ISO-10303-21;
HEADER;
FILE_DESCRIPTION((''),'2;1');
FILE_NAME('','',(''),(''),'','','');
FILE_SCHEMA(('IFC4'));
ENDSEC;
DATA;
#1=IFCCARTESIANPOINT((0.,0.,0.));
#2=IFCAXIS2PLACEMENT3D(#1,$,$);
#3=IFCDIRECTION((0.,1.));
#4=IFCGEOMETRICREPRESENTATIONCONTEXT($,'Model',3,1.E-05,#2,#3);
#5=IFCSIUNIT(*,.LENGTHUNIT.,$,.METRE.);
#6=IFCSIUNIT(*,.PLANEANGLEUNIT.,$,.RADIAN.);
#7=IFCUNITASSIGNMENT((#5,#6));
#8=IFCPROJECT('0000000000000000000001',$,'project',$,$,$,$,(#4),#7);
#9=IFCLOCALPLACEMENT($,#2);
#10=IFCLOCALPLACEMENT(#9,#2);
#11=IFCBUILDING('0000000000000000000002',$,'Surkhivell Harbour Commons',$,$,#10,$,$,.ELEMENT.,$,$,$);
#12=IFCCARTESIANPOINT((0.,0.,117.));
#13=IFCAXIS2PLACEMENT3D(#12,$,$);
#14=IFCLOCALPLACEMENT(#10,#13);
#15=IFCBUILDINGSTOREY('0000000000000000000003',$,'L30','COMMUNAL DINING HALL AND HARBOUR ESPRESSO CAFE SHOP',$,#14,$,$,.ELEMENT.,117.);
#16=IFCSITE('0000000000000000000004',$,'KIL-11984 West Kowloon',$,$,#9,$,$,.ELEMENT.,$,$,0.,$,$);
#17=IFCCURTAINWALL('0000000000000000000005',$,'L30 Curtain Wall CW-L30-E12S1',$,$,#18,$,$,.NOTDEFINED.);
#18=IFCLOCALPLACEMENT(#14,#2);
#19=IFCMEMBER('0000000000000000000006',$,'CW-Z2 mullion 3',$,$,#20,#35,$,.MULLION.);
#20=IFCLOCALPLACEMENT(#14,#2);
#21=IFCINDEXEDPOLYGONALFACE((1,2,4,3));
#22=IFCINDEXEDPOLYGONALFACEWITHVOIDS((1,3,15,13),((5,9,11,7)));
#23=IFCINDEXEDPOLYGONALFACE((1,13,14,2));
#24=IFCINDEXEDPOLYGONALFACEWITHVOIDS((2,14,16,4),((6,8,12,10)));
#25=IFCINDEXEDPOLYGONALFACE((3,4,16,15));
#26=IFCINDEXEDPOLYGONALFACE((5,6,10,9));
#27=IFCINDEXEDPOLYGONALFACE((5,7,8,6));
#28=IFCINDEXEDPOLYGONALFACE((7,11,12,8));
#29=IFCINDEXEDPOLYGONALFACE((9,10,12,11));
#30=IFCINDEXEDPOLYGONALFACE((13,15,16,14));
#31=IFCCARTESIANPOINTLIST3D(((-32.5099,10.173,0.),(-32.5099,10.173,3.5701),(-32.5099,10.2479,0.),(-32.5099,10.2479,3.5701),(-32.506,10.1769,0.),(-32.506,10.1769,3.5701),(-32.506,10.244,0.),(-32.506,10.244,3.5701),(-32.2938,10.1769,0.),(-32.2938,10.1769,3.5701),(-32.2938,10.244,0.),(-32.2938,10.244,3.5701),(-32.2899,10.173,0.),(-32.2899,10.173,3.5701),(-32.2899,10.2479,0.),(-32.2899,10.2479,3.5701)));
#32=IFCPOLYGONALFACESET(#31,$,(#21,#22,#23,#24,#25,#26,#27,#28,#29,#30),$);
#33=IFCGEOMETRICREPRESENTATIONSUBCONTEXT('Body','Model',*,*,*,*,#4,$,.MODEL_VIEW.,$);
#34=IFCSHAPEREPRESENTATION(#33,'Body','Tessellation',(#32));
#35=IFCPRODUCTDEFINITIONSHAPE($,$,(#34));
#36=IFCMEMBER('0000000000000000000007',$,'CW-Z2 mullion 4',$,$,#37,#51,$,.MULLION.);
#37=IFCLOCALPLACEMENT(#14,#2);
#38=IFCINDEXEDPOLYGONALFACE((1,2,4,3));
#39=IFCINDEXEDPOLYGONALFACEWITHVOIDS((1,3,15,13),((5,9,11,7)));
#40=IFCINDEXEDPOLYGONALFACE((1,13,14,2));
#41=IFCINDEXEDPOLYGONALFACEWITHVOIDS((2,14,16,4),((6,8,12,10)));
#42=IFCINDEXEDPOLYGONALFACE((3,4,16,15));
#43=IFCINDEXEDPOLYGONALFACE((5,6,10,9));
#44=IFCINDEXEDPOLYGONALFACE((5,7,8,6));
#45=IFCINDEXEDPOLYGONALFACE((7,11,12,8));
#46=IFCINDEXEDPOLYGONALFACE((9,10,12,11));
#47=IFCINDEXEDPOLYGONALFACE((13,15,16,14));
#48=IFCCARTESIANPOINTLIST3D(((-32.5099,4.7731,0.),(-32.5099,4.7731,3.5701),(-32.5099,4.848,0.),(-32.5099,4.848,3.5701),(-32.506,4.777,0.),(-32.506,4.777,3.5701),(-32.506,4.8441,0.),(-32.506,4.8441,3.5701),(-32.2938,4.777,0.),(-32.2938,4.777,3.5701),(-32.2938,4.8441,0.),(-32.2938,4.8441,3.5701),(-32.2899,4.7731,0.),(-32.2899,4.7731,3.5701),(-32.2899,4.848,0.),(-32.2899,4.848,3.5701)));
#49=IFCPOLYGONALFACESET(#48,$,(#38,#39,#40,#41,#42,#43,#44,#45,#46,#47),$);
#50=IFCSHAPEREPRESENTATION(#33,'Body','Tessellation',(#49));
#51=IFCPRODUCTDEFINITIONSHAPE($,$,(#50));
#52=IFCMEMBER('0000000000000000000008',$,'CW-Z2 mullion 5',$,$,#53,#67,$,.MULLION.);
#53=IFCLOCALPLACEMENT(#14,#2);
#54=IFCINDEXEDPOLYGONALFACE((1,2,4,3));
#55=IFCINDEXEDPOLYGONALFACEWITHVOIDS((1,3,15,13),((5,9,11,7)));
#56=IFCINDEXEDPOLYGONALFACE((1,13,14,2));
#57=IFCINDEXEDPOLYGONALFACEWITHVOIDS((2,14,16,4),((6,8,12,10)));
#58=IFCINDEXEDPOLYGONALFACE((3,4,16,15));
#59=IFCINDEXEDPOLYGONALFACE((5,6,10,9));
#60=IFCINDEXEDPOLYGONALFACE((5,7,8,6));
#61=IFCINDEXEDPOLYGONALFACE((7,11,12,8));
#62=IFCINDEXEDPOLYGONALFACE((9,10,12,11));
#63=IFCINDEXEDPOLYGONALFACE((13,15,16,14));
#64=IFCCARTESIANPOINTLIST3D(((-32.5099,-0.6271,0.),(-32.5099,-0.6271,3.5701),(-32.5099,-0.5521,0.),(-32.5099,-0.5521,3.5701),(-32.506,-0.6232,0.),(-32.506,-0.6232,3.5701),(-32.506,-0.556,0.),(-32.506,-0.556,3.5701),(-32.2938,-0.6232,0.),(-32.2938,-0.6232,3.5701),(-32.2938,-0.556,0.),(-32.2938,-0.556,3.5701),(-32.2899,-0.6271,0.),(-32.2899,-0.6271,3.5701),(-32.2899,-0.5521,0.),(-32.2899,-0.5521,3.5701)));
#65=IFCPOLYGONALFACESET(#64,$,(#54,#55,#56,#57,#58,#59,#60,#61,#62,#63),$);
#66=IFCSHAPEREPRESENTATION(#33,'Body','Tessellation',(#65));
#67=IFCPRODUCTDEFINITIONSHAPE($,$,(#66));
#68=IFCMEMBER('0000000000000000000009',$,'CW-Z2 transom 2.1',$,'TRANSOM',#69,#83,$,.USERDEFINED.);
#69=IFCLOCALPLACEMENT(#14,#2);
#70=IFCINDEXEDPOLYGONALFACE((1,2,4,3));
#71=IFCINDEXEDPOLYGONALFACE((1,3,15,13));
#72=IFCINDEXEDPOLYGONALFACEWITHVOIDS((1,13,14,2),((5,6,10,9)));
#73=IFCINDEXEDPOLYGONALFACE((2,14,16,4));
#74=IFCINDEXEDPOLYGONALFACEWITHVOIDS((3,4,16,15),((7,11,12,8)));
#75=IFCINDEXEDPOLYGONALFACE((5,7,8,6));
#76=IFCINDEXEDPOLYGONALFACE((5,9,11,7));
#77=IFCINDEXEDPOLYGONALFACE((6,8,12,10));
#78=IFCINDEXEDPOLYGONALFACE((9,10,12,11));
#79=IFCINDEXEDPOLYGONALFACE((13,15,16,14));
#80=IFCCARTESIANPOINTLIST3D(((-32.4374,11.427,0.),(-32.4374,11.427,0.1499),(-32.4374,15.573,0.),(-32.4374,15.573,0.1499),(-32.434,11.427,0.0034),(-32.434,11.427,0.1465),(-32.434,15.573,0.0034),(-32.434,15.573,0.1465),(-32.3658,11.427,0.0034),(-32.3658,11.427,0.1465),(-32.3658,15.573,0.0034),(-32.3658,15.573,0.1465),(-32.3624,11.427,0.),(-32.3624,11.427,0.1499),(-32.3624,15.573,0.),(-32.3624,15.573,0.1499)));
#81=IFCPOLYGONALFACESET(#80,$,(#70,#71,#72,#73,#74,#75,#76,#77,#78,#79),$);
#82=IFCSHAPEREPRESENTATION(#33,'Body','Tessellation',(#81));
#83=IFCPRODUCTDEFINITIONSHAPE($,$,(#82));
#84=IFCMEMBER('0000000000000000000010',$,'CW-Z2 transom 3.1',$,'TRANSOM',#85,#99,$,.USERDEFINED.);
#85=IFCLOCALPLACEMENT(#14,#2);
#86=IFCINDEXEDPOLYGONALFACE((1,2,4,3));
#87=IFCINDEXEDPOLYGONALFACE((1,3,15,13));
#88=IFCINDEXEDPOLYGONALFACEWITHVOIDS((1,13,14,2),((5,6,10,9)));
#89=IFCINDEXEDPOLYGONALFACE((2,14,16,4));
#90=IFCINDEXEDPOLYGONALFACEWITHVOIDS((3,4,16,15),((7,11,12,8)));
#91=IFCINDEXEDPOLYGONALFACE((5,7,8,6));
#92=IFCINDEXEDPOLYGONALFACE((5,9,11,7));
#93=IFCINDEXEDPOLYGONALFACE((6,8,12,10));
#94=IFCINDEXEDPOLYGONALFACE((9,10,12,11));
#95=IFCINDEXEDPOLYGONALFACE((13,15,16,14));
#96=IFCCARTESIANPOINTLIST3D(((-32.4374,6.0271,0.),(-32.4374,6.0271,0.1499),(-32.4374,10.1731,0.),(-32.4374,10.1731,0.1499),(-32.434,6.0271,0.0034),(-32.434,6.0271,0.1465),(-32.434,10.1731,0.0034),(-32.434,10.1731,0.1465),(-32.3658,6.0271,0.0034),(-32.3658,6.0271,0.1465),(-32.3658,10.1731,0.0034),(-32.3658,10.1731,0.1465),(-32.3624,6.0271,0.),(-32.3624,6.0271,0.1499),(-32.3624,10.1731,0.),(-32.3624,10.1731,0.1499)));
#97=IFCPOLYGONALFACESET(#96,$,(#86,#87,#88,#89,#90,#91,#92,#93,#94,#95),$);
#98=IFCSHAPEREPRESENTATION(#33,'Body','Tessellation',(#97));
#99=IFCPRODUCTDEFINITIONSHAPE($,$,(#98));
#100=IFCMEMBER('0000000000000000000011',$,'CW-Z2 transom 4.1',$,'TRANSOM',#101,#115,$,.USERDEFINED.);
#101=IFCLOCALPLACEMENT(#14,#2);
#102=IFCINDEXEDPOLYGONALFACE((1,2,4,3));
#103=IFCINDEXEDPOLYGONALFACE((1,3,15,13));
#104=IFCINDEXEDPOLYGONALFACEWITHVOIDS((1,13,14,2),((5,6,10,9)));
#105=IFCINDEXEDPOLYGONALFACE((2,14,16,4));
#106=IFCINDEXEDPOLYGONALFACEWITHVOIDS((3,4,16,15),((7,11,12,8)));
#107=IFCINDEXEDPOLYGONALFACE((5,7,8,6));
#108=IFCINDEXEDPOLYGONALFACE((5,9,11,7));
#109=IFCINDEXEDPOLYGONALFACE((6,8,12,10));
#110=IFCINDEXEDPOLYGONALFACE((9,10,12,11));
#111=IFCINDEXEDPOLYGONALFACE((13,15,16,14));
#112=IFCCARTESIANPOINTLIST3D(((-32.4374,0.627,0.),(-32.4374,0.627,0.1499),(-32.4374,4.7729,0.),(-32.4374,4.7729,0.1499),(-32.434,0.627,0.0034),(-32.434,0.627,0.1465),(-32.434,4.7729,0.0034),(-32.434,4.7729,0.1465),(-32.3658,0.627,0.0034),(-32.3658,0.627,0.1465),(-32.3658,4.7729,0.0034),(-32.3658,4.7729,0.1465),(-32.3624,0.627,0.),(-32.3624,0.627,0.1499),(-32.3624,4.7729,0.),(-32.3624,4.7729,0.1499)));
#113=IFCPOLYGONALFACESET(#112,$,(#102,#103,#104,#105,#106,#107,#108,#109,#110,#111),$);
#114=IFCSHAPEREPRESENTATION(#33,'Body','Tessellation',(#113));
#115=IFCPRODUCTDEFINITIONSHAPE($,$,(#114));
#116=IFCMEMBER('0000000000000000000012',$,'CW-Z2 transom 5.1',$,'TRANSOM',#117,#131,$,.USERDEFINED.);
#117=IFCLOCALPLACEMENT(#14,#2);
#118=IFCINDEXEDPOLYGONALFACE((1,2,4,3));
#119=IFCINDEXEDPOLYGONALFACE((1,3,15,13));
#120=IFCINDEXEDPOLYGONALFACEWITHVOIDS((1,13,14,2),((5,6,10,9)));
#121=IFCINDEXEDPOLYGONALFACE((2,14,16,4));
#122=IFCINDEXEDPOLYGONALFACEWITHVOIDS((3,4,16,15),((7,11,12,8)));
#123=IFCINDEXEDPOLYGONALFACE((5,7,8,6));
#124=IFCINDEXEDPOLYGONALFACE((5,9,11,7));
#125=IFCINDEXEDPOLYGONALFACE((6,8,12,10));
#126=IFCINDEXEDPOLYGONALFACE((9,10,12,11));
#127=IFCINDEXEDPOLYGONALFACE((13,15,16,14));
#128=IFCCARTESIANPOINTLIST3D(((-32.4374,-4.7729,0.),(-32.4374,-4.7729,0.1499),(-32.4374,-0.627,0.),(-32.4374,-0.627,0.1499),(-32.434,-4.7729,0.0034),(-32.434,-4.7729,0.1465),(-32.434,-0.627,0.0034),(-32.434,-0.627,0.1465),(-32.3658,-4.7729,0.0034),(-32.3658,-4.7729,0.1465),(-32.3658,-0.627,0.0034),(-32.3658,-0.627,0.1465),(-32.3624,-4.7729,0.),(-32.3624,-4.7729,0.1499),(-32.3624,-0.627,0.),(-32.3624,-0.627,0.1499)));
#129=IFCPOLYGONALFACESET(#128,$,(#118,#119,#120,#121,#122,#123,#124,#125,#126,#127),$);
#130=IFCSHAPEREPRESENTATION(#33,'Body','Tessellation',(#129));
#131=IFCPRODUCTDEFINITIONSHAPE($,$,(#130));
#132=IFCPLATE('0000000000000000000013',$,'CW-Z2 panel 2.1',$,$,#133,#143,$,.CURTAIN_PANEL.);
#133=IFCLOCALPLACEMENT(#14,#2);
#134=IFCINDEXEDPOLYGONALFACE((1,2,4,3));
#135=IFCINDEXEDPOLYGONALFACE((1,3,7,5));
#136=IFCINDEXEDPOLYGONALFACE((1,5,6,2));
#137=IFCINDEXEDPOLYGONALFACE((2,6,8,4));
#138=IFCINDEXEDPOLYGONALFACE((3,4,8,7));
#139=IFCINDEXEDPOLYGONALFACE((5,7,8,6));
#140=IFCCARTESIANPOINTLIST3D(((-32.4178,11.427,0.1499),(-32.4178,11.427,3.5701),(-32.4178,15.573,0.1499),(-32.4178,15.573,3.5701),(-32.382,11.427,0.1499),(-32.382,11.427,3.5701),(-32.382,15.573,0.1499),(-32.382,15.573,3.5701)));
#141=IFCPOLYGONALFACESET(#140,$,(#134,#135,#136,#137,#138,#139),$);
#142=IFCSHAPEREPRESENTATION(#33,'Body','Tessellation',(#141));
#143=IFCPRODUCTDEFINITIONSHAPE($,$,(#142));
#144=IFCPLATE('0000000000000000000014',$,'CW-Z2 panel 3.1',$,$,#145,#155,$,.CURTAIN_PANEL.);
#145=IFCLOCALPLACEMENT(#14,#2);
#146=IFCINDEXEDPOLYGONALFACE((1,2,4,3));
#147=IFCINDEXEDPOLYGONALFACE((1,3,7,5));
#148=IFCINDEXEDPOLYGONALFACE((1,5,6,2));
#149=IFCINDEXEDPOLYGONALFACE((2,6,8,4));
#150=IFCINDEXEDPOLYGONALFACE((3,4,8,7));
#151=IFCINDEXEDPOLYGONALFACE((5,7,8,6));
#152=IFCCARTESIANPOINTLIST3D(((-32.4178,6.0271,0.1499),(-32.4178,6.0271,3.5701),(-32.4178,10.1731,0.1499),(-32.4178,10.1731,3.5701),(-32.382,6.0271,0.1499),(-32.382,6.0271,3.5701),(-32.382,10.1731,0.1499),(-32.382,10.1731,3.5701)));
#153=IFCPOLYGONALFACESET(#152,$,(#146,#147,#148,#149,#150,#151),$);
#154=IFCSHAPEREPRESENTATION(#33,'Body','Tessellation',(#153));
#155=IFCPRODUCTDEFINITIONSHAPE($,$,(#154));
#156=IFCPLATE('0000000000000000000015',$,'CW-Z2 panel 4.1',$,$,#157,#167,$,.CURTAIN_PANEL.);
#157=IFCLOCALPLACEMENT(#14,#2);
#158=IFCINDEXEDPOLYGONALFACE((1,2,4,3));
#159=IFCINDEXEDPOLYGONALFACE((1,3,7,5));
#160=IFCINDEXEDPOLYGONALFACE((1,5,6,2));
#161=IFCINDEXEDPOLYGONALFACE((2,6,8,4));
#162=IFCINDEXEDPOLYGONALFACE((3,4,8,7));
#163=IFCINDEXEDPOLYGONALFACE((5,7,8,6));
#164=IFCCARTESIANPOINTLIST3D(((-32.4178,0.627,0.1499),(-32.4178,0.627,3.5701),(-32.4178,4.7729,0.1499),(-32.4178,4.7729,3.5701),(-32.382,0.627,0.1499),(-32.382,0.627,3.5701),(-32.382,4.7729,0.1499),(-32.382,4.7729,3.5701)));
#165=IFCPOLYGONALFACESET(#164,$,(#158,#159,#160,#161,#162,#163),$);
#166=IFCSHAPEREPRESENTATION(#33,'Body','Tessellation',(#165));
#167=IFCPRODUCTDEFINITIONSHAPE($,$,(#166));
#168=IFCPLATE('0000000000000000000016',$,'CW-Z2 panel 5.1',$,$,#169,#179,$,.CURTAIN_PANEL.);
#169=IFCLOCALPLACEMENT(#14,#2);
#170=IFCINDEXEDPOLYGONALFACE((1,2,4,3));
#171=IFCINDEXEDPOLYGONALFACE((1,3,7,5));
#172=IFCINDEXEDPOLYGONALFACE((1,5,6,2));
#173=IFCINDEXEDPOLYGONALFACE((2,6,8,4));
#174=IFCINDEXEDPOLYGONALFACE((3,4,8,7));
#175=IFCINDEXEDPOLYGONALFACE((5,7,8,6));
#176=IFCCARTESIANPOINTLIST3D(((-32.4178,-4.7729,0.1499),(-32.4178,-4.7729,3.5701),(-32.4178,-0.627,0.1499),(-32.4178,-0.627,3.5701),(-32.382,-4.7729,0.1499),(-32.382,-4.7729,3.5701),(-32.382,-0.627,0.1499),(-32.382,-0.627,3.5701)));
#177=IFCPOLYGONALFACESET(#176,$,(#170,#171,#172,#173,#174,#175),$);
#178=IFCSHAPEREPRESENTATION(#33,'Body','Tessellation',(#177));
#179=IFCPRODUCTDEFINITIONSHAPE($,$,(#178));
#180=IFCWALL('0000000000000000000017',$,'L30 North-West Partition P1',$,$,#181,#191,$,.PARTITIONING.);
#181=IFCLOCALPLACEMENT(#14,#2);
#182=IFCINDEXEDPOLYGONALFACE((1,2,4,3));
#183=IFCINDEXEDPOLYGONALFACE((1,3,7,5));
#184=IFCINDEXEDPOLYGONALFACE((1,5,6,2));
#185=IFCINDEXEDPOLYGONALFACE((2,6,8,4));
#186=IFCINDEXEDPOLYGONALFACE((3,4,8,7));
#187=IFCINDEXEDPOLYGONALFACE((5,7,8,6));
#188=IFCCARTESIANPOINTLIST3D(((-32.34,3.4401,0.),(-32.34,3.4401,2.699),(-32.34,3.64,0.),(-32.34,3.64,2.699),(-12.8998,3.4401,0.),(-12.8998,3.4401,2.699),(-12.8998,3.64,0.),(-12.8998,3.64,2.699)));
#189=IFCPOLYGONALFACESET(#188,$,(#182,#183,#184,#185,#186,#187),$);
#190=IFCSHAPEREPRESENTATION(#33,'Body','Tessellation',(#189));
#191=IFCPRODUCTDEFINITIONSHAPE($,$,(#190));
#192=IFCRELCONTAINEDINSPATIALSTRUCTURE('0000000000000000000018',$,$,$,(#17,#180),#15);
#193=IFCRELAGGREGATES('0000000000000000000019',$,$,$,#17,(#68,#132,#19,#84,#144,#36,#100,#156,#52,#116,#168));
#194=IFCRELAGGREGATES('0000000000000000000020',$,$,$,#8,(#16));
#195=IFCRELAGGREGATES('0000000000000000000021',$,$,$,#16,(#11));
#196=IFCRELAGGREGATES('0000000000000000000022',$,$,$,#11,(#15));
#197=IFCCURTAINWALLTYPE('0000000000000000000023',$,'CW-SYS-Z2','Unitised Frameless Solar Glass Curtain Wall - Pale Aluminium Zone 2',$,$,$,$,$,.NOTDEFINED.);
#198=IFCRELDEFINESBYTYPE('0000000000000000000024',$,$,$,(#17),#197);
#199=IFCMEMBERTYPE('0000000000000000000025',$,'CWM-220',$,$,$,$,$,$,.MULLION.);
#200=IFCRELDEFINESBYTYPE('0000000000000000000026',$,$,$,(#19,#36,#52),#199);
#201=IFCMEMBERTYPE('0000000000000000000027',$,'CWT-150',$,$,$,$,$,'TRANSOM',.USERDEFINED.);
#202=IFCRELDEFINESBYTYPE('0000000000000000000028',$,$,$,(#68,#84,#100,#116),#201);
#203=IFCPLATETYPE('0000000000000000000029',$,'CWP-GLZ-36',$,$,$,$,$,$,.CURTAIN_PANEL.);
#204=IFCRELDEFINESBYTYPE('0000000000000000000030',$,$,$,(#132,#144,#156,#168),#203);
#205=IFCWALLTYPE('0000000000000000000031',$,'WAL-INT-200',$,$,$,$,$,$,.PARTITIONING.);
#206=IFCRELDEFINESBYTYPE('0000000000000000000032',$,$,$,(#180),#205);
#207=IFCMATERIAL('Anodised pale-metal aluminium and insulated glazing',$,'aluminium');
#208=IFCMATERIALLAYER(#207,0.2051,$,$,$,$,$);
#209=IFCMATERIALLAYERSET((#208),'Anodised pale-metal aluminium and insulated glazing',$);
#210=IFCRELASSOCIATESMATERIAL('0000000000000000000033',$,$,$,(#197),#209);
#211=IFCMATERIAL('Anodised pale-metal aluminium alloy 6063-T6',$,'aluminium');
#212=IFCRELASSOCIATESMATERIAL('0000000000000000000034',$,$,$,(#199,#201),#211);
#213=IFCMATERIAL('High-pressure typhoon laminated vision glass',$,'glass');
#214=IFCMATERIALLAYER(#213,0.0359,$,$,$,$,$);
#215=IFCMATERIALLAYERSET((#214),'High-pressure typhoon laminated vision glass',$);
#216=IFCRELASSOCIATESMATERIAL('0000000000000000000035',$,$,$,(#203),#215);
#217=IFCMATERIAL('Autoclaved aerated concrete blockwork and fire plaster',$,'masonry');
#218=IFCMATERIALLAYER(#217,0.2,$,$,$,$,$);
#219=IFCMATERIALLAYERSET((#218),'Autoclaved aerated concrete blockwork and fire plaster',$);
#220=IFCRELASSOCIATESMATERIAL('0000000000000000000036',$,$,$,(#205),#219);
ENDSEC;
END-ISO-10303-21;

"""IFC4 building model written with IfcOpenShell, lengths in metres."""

from ifc_helpers import new_model, si_unit, direction, frame, frame_2d, origin, origin_2d, place, context, subcontext, project, spatial, rectangle, hollow_rectangle, extrude, material, layer, layer_set, material_profile, profile_set, type_object, element, aggregate, save


model = new_model("IFC4")

# Units and contexts
model_context = context("Model", 3, precision=1e-05, world=origin(), true_north=direction((0.0, 1.0)))
body_context = subcontext(model_context, "Body", "Model", "MODEL_VIEW")
ifc_project = project(units=[si_unit("LENGTHUNIT", "METRE"), si_unit("PLANEANGLEUNIT", "RADIAN")], contexts=[model_context])

# Site, building, storey
site_placement = place(None, origin())
site = spatial("IfcSite", under=ifc_project, at=site_placement, Name="KIL-11984 West Kowloon", CompositionType="ELEMENT", RefElevation=0.0)
building_placement = place(site_placement, origin())
building = spatial("IfcBuilding", under=site, at=building_placement, Name="Surkhivell Harbour Commons", CompositionType="ELEMENT")
storey_placement = place(building_placement, frame((0.0, 0.0, 117.0)))
storey = spatial("IfcBuildingStorey", under=building, at=storey_placement, Name="L30", Description="COMMUNAL DINING HALL AND HARBOUR ESPRESSO CAFE SHOP", CompositionType="ELEMENT", Elevation=117.0)

# Curtain wall, members, plates
ifc_material_1 = material(Name="Anodised pale-metal aluminium and insulated glazing", Category="aluminium")
ifc_layer_1 = layer(ifc_material_1, 0.2051)
ifc_layer_set_1 = layer_set([ifc_layer_1], Name="Anodised pale-metal aluminium and insulated glazing")
curtain_wall_type = type_object("IfcCurtainWallType", Name="CW-SYS-Z2", Description="Unitised Frameless Solar Glass Curtain Wall - Pale Aluminium Zone 2", PredefinedType="NOTDEFINED", material=ifc_layer_set_1)
curtain_wall_placement = place(storey_placement, origin())
curtain_wall = element("IfcCurtainWall", 1, at=curtain_wall_placement, inside=storey, type_object=curtain_wall_type, Name="L30 Curtain Wall CW-L30-E12S1", PredefinedType="NOTDEFINED")
ifc_material_2 = material(Name="Anodised pale-metal aluminium alloy 6063-T6", Category="aluminium")
ifc_material_profile_1 = material_profile(ifc_material_2, hollow_rectangle(XDim=0.075, YDim=0.22, WallThickness=0.0039, at=origin_2d()), Name="ALU-MULL-75x220")
ifc_profile_set_1 = profile_set([ifc_material_profile_1], Name="Anodised pale-metal aluminium alloy 6063-T6")
member_type_1 = type_object("IfcMemberType", Name="CWM-220", PredefinedType="MULLION", material=ifc_profile_set_1)
member_1_placement = place(storey_placement, frame((-32.3999, 10.2104, 0.0), z_axis=(0.0, 0.0, 1.0), x_axis=(0.0, -1.0, 0.0)))
member_1 = element("IfcMember", 2, at=member_1_placement, type_object=member_type_1, Name="CW-Z2 mullion 3", PredefinedType="MULLION", context=body_context, shape_type="SweptSolid", body=[
    extrude(hollow_rectangle(XDim=0.075, YDim=0.22, WallThickness=0.0039, at=origin_2d()), origin(), (0.0, 0.0, 1.0), 3.5701),
])
member_2_placement = place(storey_placement, frame((-32.3999, 4.8105, 0.0), z_axis=(0.0, 0.0, 1.0), x_axis=(0.0, -1.0, 0.0)))
member_2 = element("IfcMember", 3, at=member_2_placement, type_object=member_type_1, Name="CW-Z2 mullion 4", PredefinedType="MULLION", context=body_context, shape_type="SweptSolid", body=[
    extrude(hollow_rectangle(XDim=0.075, YDim=0.22, WallThickness=0.0039, at=origin_2d()), origin(), (0.0, 0.0, 1.0), 3.5701),
])
member_3_placement = place(storey_placement, frame((-32.3999, -0.5896, 0.0), z_axis=(0.0, 0.0, 1.0), x_axis=(0.0, -1.0, 0.0)))
member_3 = element("IfcMember", 4, at=member_3_placement, type_object=member_type_1, Name="CW-Z2 mullion 5", PredefinedType="MULLION", context=body_context, shape_type="SweptSolid", body=[
    extrude(hollow_rectangle(XDim=0.075, YDim=0.22, WallThickness=0.0039, at=origin_2d()), origin(), (0.0, 0.0, 1.0), 3.5701),
])
ifc_material_profile_2 = material_profile(ifc_material_2, hollow_rectangle(XDim=0.075, YDim=0.1499, WallThickness=0.0034, at=origin_2d()), Name="ALU-TRAN-75x150")
ifc_profile_set_2 = profile_set([ifc_material_profile_2], Name="Anodised pale-metal aluminium alloy 6063-T6")
member_type_2 = type_object("IfcMemberType", Name="CWT-150", ElementType="TRANSOM", PredefinedType="USERDEFINED", material=ifc_profile_set_2)
member_4_placement = place(storey_placement, frame((-32.3999, 15.573, 0.075), z_axis=(0.0, -1.0, 0.0), x_axis=(1.0, 0.0, 0.0)))
member_4 = element("IfcMember", 5, at=member_4_placement, type_object=member_type_2, Name="CW-Z2 transom 2.1", ObjectType="TRANSOM", PredefinedType="USERDEFINED", context=body_context, shape_type="SweptSolid", body=[
    extrude(hollow_rectangle(XDim=0.075, YDim=0.1499, WallThickness=0.0034, at=origin_2d()), origin(), (0.0, 0.0, 1.0), 4.146),
])
member_5_placement = place(storey_placement, frame((-32.3999, 10.1731, 0.075), z_axis=(0.0, -1.0, 0.0), x_axis=(1.0, 0.0, 0.0)))
member_5 = element("IfcMember", 6, at=member_5_placement, type_object=member_type_2, Name="CW-Z2 transom 3.1", ObjectType="TRANSOM", PredefinedType="USERDEFINED", context=body_context, shape_type="SweptSolid", body=[
    extrude(hollow_rectangle(XDim=0.075, YDim=0.1499, WallThickness=0.0034, at=origin_2d()), origin(), (0.0, 0.0, 1.0), 4.146),
])
member_6_placement = place(storey_placement, frame((-32.3999, 4.7729, 0.075), z_axis=(0.0, -1.0, 0.0), x_axis=(1.0, 0.0, 0.0)))
member_6 = element("IfcMember", 7, at=member_6_placement, type_object=member_type_2, Name="CW-Z2 transom 4.1", ObjectType="TRANSOM", PredefinedType="USERDEFINED", context=body_context, shape_type="SweptSolid", body=[
    extrude(hollow_rectangle(XDim=0.075, YDim=0.1499, WallThickness=0.0034, at=origin_2d()), origin(), (0.0, 0.0, 1.0), 4.146),
])
member_7_placement = place(storey_placement, frame((-32.3999, -0.627, 0.075), z_axis=(0.0, -1.0, 0.0), x_axis=(1.0, 0.0, 0.0)))
member_7 = element("IfcMember", 8, at=member_7_placement, type_object=member_type_2, Name="CW-Z2 transom 5.1", ObjectType="TRANSOM", PredefinedType="USERDEFINED", context=body_context, shape_type="SweptSolid", body=[
    extrude(hollow_rectangle(XDim=0.075, YDim=0.1499, WallThickness=0.0034, at=origin_2d()), origin(), (0.0, 0.0, 1.0), 4.146),
])
ifc_material_3 = material(Name="High-pressure typhoon laminated vision glass", Category="glass")
ifc_layer_2 = layer(ifc_material_3, 0.0359)
ifc_layer_set_2 = layer_set([ifc_layer_2], Name="High-pressure typhoon laminated vision glass")
plate_type = type_object("IfcPlateType", Name="CWP-GLZ-36", PredefinedType="CURTAIN_PANEL", material=ifc_layer_set_2)
plate_1_placement = place(storey_placement, frame((-32.3999, 15.573, 0.1499), z_axis=(0.0, 0.0, 1.0), x_axis=(0.0, -1.0, 0.0)))
plate_1 = element("IfcPlate", 9, at=plate_1_placement, type_object=plate_type, Name="CW-Z2 panel 2.1", PredefinedType="CURTAIN_PANEL", context=body_context, shape_type="SweptSolid", body=[
    extrude(rectangle(XDim=4.146, YDim=0.0359, at=frame_2d((2.073, 0.0))), origin(), (0.0, 0.0, 1.0), 3.4202),
])
plate_2_placement = place(storey_placement, frame((-32.3999, 10.1731, 0.1499), z_axis=(0.0, 0.0, 1.0), x_axis=(0.0, -1.0, 0.0)))
plate_2 = element("IfcPlate", 10, at=plate_2_placement, type_object=plate_type, Name="CW-Z2 panel 3.1", PredefinedType="CURTAIN_PANEL", context=body_context, shape_type="SweptSolid", body=[
    extrude(rectangle(XDim=4.146, YDim=0.0359, at=frame_2d((2.073, 0.0))), origin(), (0.0, 0.0, 1.0), 3.4202),
])
plate_3_placement = place(storey_placement, frame((-32.3999, 4.7729, 0.1499), z_axis=(0.0, 0.0, 1.0), x_axis=(0.0, -1.0, 0.0)))
plate_3 = element("IfcPlate", 11, at=plate_3_placement, type_object=plate_type, Name="CW-Z2 panel 4.1", PredefinedType="CURTAIN_PANEL", context=body_context, shape_type="SweptSolid", body=[
    extrude(rectangle(XDim=4.146, YDim=0.0359, at=frame_2d((2.073, 0.0))), origin(), (0.0, 0.0, 1.0), 3.4202),
])
plate_4_placement = place(storey_placement, frame((-32.3999, -0.627, 0.1499), z_axis=(0.0, 0.0, 1.0), x_axis=(0.0, -1.0, 0.0)))
plate_4 = element("IfcPlate", 12, at=plate_4_placement, type_object=plate_type, Name="CW-Z2 panel 5.1", PredefinedType="CURTAIN_PANEL", context=body_context, shape_type="SweptSolid", body=[
    extrude(rectangle(XDim=4.146, YDim=0.0359, at=frame_2d((2.073, 0.0))), origin(), (0.0, 0.0, 1.0), 3.4202),
])
aggregate(curtain_wall, [member_4, plate_1, member_1, member_5, plate_2, member_2, member_6, plate_3, member_3, member_7, plate_4])

# Wall
ifc_material_4 = material(Name="Autoclaved aerated concrete blockwork and fire plaster", Category="masonry")
ifc_layer_3 = layer(ifc_material_4, 0.2)
ifc_layer_set_3 = layer_set([ifc_layer_3], Name="Autoclaved aerated concrete blockwork and fire plaster")
wall_type = type_object("IfcWallType", Name="WAL-INT-200", PredefinedType="PARTITIONING", material=ifc_layer_set_3)
wall_placement = place(storey_placement, frame((-32.3401, 3.54, 0.0), z_axis=(0.0, 0.0, 1.0), x_axis=(1.0, 0.0, 0.0)))
element("IfcWall", 13, at=wall_placement, inside=storey, type_object=wall_type, Name="L30 North-West Partition P1", PredefinedType="PARTITIONING", context=body_context, shape_type="SweptSolid", body=[
    extrude(rectangle(XDim=19.4402, YDim=0.2, at=frame_2d((9.7202, 0.0))), origin(), (0.0, 0.0, 1.0), 2.699),
])

save(model, "model.ifc")
